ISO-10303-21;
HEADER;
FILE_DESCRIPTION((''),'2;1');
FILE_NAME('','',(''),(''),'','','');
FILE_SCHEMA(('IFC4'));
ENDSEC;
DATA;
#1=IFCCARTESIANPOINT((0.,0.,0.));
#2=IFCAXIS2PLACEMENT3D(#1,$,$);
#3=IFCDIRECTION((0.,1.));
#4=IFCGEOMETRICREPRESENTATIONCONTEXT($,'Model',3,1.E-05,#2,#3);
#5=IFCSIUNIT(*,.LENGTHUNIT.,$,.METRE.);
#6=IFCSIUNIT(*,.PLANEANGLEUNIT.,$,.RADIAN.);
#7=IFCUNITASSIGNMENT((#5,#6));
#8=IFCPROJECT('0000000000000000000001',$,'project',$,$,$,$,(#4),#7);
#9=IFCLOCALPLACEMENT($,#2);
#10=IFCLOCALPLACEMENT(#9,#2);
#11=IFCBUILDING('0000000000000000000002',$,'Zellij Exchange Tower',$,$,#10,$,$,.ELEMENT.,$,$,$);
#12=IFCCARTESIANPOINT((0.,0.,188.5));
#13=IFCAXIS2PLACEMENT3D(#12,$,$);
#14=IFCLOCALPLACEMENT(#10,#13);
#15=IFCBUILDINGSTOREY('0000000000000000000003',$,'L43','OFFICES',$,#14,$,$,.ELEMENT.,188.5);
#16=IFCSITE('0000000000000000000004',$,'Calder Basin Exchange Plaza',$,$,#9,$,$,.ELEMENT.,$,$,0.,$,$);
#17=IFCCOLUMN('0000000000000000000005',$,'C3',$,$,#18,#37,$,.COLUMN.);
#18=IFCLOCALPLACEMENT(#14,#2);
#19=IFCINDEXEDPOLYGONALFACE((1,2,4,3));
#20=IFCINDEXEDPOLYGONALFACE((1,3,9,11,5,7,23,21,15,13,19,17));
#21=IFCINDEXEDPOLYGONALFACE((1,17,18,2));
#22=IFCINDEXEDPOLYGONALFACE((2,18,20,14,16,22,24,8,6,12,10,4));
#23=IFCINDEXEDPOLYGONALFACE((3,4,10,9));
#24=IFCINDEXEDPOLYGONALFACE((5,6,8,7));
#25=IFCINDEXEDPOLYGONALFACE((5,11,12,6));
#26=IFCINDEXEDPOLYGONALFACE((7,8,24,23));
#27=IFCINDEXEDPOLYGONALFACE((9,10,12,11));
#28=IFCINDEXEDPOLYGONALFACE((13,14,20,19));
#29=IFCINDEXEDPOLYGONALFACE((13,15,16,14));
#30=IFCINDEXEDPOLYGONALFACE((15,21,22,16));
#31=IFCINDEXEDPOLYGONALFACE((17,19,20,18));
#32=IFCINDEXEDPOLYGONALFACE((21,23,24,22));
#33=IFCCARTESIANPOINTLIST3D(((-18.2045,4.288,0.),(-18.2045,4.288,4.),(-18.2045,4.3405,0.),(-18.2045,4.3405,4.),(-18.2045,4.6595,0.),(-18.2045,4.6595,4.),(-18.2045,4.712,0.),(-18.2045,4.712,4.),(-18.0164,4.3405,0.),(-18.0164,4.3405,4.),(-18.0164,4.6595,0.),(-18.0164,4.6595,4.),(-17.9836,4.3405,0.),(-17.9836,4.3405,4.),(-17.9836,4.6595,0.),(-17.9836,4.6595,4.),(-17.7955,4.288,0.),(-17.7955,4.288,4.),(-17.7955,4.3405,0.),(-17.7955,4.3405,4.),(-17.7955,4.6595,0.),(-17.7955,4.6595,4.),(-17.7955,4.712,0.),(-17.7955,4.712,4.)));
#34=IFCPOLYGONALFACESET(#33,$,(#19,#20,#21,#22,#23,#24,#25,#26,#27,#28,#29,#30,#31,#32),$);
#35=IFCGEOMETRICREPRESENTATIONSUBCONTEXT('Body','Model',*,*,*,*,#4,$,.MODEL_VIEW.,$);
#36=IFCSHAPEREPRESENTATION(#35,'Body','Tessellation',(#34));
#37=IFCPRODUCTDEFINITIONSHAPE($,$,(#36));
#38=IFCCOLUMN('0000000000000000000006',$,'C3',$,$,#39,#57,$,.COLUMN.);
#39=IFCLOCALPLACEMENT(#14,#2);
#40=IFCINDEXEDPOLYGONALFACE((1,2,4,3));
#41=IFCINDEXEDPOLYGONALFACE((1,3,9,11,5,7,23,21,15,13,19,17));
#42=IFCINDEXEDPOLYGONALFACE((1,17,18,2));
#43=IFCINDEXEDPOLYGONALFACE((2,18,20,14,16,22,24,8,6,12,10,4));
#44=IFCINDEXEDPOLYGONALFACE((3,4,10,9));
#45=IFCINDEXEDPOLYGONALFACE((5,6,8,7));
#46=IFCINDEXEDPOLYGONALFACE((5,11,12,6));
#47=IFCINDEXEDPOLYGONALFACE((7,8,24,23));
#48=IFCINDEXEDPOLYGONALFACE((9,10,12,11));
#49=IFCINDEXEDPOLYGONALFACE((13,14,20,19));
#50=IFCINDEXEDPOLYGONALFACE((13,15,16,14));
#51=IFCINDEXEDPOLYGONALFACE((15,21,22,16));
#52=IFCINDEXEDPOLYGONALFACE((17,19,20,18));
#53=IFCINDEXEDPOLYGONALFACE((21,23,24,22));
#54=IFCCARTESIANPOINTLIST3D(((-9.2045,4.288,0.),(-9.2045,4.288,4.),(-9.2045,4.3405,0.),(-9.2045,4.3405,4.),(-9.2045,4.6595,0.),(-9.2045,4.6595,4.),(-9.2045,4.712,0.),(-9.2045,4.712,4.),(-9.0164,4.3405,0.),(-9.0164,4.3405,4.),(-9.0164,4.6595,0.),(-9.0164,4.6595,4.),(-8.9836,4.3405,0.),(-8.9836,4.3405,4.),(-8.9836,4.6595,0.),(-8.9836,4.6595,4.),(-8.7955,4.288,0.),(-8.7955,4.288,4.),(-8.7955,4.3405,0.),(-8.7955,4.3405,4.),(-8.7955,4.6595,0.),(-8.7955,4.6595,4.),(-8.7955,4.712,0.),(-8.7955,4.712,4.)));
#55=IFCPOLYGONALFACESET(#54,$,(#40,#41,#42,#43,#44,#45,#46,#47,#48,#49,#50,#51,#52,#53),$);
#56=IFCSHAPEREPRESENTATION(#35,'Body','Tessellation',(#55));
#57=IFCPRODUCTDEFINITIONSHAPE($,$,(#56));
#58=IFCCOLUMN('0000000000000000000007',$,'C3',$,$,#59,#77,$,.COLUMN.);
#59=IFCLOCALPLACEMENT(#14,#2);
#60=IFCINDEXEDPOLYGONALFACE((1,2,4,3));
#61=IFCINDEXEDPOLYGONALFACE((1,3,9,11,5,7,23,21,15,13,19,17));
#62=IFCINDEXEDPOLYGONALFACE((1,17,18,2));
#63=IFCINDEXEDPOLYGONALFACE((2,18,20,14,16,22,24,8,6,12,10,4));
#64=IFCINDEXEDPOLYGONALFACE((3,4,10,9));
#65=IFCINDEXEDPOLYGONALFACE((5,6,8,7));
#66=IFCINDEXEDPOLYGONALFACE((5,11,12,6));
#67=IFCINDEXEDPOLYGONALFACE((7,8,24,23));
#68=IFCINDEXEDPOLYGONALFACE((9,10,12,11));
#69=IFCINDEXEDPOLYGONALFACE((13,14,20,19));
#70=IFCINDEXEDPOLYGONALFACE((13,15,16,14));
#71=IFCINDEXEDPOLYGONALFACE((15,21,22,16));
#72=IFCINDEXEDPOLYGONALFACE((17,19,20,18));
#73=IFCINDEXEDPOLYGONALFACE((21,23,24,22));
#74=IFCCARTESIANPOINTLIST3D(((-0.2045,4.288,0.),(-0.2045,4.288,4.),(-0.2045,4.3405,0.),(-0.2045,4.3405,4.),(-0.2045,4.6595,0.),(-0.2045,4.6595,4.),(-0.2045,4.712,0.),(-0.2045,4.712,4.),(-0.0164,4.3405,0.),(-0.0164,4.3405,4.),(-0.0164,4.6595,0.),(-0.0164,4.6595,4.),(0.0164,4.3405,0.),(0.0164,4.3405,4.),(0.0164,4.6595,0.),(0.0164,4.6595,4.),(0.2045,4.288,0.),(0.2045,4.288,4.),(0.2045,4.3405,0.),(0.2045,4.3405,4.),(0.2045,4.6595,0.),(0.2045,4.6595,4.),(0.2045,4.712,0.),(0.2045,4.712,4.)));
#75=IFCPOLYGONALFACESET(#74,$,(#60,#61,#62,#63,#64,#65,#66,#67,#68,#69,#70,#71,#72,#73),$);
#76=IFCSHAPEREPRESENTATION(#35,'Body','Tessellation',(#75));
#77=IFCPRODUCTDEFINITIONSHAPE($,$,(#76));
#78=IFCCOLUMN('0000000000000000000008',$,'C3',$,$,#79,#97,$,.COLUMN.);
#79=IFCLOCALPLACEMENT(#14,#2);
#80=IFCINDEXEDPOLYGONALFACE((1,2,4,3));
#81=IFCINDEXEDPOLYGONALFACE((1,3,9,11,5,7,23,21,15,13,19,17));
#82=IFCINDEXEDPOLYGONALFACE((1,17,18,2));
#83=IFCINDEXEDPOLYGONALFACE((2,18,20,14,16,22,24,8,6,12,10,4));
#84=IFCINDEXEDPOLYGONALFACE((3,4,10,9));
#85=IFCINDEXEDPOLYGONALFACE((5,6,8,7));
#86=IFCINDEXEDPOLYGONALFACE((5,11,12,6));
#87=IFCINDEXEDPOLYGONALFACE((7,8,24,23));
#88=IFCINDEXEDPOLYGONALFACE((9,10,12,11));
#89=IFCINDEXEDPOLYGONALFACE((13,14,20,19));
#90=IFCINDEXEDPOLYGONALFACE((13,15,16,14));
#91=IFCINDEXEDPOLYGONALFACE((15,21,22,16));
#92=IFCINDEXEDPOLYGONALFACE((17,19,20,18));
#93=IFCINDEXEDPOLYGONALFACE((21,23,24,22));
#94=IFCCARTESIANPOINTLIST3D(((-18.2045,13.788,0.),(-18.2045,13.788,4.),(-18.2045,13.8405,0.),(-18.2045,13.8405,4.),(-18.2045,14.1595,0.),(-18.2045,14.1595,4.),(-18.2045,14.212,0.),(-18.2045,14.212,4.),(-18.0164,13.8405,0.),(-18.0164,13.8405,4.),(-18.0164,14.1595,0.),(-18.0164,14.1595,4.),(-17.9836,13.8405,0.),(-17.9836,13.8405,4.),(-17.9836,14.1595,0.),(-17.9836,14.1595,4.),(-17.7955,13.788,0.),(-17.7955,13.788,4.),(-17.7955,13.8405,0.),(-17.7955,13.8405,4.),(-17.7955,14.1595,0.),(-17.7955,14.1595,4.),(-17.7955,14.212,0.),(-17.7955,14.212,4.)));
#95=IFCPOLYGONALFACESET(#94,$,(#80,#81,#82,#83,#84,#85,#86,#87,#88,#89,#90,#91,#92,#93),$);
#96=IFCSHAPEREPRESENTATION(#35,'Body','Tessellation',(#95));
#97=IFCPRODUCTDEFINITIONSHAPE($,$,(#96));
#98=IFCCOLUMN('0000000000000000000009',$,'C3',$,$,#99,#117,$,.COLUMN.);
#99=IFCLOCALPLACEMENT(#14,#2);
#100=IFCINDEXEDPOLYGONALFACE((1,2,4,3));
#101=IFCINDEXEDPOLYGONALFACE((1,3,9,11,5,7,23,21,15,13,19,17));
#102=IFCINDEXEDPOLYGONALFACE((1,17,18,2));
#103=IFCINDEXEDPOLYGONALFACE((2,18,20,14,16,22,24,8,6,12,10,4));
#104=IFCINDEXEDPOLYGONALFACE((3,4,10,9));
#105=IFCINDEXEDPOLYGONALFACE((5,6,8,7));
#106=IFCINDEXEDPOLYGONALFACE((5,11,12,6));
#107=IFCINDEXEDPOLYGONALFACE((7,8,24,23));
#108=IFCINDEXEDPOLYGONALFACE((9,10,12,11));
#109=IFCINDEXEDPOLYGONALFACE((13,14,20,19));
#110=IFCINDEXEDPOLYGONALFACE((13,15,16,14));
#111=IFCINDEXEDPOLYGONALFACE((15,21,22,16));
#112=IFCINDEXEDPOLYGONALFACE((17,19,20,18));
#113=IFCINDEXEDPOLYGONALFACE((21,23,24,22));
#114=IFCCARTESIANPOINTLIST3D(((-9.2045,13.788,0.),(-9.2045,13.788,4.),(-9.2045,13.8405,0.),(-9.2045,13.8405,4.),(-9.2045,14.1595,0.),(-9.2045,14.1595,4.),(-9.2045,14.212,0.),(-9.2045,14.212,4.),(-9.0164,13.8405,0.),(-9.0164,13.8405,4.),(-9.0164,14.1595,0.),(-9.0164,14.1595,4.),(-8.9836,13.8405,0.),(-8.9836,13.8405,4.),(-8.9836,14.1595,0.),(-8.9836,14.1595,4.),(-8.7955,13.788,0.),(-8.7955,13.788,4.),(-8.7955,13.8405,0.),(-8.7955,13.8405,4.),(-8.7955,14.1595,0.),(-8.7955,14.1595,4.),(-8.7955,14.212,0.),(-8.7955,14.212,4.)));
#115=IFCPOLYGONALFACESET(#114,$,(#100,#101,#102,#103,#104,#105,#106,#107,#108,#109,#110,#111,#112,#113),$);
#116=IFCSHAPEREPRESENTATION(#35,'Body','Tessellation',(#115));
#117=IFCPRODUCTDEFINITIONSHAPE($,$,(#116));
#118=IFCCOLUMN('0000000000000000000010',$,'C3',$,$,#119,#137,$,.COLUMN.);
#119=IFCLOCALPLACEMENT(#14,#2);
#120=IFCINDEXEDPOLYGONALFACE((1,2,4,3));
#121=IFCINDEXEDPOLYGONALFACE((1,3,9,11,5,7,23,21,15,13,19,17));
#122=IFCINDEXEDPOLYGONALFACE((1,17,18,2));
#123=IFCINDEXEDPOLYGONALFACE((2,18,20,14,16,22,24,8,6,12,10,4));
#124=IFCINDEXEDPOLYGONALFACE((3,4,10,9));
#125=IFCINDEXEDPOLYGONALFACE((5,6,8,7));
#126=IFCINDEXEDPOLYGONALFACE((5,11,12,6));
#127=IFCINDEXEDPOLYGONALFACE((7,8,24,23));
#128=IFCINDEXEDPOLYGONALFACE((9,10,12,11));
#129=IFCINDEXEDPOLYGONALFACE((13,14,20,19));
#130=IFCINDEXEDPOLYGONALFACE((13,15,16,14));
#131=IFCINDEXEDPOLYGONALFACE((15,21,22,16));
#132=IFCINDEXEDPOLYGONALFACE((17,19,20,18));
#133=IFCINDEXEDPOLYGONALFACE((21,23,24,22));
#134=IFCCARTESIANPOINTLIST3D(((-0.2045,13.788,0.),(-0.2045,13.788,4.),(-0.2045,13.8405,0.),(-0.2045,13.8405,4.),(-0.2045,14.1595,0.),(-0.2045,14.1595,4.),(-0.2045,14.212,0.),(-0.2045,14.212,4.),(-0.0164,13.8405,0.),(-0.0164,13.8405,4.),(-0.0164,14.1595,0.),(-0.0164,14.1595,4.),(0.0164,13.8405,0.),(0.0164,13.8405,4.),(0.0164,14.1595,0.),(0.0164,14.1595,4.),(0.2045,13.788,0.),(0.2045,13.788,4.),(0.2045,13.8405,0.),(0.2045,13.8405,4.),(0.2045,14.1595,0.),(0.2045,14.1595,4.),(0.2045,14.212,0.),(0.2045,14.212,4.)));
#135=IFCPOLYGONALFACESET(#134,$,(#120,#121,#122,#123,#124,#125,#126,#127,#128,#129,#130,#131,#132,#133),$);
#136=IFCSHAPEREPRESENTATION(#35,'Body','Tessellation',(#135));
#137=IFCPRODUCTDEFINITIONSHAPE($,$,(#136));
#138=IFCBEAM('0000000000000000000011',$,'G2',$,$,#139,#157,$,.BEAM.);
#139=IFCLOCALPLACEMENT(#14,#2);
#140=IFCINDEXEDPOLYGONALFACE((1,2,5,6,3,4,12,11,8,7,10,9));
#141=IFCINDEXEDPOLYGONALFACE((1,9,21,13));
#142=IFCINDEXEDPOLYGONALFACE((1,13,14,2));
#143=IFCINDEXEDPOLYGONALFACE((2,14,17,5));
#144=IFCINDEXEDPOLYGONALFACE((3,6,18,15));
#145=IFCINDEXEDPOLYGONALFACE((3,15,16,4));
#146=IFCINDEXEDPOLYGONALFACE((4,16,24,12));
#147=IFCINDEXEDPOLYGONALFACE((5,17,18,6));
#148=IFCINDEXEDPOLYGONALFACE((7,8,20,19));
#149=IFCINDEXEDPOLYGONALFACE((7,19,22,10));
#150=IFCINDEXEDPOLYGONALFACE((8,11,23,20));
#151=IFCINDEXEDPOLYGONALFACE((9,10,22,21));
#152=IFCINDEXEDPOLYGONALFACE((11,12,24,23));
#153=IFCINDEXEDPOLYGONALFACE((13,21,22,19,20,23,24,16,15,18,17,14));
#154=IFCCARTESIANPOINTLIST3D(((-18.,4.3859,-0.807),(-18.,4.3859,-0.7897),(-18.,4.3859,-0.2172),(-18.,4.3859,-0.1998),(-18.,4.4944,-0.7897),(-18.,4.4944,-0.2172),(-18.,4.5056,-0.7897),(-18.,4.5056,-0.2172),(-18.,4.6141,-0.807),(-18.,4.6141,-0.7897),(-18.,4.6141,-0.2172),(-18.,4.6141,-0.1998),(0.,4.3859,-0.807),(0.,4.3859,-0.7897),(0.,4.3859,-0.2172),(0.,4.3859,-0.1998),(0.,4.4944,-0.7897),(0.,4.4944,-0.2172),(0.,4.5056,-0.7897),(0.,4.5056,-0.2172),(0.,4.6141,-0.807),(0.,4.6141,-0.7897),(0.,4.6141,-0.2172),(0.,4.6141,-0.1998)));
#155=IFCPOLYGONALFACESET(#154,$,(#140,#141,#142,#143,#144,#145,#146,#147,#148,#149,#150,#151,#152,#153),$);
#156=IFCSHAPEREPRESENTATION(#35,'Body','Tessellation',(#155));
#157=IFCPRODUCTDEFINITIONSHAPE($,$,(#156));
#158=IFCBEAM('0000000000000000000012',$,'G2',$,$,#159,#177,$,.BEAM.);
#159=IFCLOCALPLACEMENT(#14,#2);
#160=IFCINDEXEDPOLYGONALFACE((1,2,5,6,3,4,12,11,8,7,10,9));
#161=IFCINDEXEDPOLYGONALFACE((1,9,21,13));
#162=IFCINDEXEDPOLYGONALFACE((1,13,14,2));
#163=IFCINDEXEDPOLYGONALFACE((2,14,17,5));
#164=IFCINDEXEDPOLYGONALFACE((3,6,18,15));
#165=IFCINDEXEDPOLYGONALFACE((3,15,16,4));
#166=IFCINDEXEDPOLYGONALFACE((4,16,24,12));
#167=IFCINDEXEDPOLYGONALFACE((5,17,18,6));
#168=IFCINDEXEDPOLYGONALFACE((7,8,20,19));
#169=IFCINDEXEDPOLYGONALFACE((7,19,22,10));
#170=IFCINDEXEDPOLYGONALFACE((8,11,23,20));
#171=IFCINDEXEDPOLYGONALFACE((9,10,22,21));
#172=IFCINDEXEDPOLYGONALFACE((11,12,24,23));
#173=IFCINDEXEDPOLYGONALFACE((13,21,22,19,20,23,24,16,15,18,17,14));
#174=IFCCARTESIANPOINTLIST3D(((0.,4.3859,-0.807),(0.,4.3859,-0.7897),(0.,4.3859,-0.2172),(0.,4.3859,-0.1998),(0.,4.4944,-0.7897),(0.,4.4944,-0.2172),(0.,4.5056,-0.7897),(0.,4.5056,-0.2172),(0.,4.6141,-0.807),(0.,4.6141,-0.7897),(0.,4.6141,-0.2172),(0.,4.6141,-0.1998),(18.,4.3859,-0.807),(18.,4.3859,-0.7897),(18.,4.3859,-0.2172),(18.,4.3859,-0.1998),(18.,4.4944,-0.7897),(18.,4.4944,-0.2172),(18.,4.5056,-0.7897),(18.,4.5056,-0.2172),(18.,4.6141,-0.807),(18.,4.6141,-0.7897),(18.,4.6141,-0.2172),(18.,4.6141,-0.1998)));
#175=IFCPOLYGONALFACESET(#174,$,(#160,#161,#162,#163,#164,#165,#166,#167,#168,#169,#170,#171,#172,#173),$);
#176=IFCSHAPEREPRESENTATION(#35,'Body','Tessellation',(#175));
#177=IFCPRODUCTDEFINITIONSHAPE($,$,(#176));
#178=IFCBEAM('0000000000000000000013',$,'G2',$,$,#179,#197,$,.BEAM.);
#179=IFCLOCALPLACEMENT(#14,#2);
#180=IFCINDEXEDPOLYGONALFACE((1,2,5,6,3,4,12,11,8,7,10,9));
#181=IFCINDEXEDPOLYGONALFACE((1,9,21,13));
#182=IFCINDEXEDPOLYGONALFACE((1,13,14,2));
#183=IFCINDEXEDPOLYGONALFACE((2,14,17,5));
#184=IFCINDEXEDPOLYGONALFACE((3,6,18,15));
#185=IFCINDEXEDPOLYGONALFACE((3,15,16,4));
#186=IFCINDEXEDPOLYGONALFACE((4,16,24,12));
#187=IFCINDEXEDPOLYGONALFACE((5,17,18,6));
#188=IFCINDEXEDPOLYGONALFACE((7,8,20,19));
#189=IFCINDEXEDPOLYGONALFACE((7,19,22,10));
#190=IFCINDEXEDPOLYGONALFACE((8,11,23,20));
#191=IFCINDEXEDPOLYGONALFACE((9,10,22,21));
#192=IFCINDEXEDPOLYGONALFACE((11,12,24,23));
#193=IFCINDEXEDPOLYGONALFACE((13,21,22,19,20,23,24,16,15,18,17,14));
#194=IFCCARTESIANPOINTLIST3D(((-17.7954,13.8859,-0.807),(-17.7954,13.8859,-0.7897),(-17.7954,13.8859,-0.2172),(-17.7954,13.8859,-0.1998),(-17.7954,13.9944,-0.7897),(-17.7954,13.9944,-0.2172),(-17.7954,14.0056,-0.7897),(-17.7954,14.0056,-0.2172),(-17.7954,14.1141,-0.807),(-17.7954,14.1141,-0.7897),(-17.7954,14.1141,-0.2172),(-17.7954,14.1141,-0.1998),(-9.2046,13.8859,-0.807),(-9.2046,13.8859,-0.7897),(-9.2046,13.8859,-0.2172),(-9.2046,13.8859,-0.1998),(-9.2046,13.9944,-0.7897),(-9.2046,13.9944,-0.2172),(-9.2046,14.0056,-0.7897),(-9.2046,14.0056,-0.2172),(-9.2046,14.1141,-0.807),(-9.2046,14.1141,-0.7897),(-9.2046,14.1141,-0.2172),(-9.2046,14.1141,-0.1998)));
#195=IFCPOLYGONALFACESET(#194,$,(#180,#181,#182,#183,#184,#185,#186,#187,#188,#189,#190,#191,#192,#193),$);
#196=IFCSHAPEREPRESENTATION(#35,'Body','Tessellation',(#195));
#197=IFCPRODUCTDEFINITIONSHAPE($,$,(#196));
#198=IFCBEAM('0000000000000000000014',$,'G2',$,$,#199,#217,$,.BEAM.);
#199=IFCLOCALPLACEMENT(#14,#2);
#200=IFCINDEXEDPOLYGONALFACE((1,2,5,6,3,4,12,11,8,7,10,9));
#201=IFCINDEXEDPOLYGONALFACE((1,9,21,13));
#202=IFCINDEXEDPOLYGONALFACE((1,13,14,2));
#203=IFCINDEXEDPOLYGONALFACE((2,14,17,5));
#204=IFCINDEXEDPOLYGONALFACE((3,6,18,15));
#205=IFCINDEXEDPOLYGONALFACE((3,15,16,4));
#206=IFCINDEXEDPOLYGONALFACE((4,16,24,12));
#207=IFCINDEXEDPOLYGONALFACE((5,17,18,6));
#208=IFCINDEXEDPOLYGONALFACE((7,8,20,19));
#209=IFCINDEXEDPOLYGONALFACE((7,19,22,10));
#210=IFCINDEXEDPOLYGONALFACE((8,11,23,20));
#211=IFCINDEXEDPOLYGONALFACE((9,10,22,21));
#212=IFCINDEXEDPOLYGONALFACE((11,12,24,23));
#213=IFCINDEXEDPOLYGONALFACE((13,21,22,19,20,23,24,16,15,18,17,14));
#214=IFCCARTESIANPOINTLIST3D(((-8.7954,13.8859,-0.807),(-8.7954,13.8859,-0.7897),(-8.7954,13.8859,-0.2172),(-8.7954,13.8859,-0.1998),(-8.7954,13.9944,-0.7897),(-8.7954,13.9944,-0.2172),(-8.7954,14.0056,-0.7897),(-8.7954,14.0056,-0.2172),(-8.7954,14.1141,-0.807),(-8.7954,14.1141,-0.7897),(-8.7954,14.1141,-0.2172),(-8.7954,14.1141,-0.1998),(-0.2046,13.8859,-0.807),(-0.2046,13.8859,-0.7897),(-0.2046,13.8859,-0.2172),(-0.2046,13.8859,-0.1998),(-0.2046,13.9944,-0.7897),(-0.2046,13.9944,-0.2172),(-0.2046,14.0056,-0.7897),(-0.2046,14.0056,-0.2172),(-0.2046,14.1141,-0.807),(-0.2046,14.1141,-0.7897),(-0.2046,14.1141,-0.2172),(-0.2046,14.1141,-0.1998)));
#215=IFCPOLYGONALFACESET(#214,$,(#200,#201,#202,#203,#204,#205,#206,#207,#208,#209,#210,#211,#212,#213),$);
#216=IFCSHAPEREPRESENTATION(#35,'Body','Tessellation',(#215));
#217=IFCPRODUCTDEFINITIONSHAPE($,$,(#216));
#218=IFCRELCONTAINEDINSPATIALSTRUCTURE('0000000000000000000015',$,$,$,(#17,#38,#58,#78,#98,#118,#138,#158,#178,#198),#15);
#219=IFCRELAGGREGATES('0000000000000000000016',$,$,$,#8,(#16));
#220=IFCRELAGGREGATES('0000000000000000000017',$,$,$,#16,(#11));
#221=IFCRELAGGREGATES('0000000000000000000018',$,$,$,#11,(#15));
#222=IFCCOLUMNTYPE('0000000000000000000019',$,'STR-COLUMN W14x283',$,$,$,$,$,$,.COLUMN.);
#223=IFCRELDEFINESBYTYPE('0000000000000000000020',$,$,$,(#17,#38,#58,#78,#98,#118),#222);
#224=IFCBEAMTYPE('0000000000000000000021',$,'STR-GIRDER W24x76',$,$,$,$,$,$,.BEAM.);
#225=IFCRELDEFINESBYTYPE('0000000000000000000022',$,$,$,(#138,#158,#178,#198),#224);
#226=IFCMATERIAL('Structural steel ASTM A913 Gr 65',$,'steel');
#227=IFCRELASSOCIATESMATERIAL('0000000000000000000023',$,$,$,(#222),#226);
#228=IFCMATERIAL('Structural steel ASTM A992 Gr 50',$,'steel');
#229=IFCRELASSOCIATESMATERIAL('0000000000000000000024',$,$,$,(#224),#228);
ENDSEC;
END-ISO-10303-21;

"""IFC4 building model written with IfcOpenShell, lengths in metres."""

from ifc_helpers import new_model, si_unit, direction, frame, origin, origin_2d, place, context, subcontext, project, spatial, i_section, extrude, material, material_profile, profile_set, type_object, element, save


model = new_model("IFC4")

# Units and contexts
model_context = context("Model", 3, precision=1e-05, world=origin(), true_north=direction((0.0, 1.0)))
body_context = subcontext(model_context, "Body", "Model", "MODEL_VIEW")
ifc_project = project(units=[si_unit("LENGTHUNIT", "METRE"), si_unit("PLANEANGLEUNIT", "RADIAN")], contexts=[model_context])

# Site, building, storey
site_placement = place(None, origin())
site = spatial("IfcSite", under=ifc_project, at=site_placement, Name="Calder Basin Exchange Plaza", CompositionType="ELEMENT", RefElevation=0.0)
building_placement = place(site_placement, origin())
building = spatial("IfcBuilding", under=site, at=building_placement, Name="Zellij Exchange Tower", CompositionType="ELEMENT")
storey_placement = place(building_placement, frame((0.0, 0.0, 188.5)))
storey = spatial("IfcBuildingStorey", under=building, at=storey_placement, Name="L43", Description="OFFICES", CompositionType="ELEMENT", Elevation=188.5)

# Columns
ifc_material_1 = material(Name="Structural steel ASTM A913 Gr 65", Category="steel")
ifc_material_profile_1 = material_profile(ifc_material_1, i_section(OverallWidth=0.4089, OverallDepth=0.4241, WebThickness=0.0327, FlangeThickness=0.0525, at=origin_2d()), Name="W14x283")
ifc_profile_set_1 = profile_set([ifc_material_profile_1], Name="Structural steel ASTM A913 Gr 65")
column_type = type_object("IfcColumnType", Name="STR-COLUMN W14x283", PredefinedType="COLUMN", material=ifc_profile_set_1)
for number, where, z_axis, x_axis, name in (
    (1, (-18.0, 4.5, 0.0), (0.0, 0.0, 1.0), (1.0, 0.0, 0.0), "C3"),
    (2, (-9.0, 4.5, 0.0), (0.0, 0.0, 1.0), (1.0, 0.0, 0.0), "C3"),
    (3, (0.0, 4.5, 0.0), (0.0, 0.0, 1.0), (1.0, 0.0, 0.0), "C3"),
    (4, (-18.0, 14.0, 0.0), (0.0, 0.0, 1.0), (1.0, 0.0, 0.0), "C3"),
    (5, (-9.0, 14.0, 0.0), (0.0, 0.0, 1.0), (1.0, 0.0, 0.0), "C3"),
    (6, (0.0, 14.0, 0.0), (0.0, 0.0, 1.0), (1.0, 0.0, 0.0), "C3"),
):
    element("IfcColumn", number, at=place(storey_placement, frame(where, z_axis=z_axis, x_axis=x_axis)), inside=storey, type_object=column_type, Name=name, PredefinedType="COLUMN", context=body_context, shape_type="SweptSolid", body=[
        extrude(i_section(OverallWidth=0.4089, OverallDepth=0.4241, WebThickness=0.0327, FlangeThickness=0.0525, at=origin_2d()), origin(), (0.0, 0.0, 1.0), 4.0),
    ])

# Beams
ifc_material_2 = material(Name="Structural steel ASTM A992 Gr 50", Category="steel")
ifc_material_profile_2 = material_profile(ifc_material_2, i_section(OverallWidth=0.2283, OverallDepth=0.6072, WebThickness=0.0112, FlangeThickness=0.0173, at=origin_2d()), Name="W24x76")
ifc_profile_set_2 = profile_set([ifc_material_profile_2], Name="Structural steel ASTM A992 Gr 50")
beam_type = type_object("IfcBeamType", Name="STR-GIRDER W24x76", PredefinedType="BEAM", material=ifc_profile_set_2)
for number, where, z_axis, x_axis, name in (
    (7, (-18.0, 4.5, -0.5034), (1.0, 0.0, 0.0), (0.0, 1.0, 0.0), "G2"),
    (8, (0.0, 4.5, -0.5034), (1.0, 0.0, 0.0), (0.0, 1.0, 0.0), "G2"),
):
    element("IfcBeam", number, at=place(storey_placement, frame(where, z_axis=z_axis, x_axis=x_axis)), inside=storey, type_object=beam_type, Name=name, PredefinedType="BEAM", context=body_context, shape_type="SweptSolid", body=[
        extrude(i_section(OverallWidth=0.2283, OverallDepth=0.6072, WebThickness=0.0112, FlangeThickness=0.0173, at=origin_2d()), origin(), (0.0, 0.0, 1.0), 18.0),
    ])
for number, where, z_axis, x_axis, name in (
    (9, (-17.7954, 14.0, -0.5034), (1.0, 0.0, 0.0), (0.0, 1.0, 0.0), "G2"),
    (10, (-8.7954, 14.0, -0.5034), (1.0, 0.0, 0.0), (0.0, 1.0, 0.0), "G2"),
):
    element("IfcBeam", number, at=place(storey_placement, frame(where, z_axis=z_axis, x_axis=x_axis)), inside=storey, type_object=beam_type, Name=name, PredefinedType="BEAM", context=body_context, shape_type="SweptSolid", body=[
        extrude(i_section(OverallWidth=0.2283, OverallDepth=0.6072, WebThickness=0.0112, FlangeThickness=0.0173, at=origin_2d()), origin(), (0.0, 0.0, 1.0), 8.5908),
    ])

save(model, "model.ifc")
